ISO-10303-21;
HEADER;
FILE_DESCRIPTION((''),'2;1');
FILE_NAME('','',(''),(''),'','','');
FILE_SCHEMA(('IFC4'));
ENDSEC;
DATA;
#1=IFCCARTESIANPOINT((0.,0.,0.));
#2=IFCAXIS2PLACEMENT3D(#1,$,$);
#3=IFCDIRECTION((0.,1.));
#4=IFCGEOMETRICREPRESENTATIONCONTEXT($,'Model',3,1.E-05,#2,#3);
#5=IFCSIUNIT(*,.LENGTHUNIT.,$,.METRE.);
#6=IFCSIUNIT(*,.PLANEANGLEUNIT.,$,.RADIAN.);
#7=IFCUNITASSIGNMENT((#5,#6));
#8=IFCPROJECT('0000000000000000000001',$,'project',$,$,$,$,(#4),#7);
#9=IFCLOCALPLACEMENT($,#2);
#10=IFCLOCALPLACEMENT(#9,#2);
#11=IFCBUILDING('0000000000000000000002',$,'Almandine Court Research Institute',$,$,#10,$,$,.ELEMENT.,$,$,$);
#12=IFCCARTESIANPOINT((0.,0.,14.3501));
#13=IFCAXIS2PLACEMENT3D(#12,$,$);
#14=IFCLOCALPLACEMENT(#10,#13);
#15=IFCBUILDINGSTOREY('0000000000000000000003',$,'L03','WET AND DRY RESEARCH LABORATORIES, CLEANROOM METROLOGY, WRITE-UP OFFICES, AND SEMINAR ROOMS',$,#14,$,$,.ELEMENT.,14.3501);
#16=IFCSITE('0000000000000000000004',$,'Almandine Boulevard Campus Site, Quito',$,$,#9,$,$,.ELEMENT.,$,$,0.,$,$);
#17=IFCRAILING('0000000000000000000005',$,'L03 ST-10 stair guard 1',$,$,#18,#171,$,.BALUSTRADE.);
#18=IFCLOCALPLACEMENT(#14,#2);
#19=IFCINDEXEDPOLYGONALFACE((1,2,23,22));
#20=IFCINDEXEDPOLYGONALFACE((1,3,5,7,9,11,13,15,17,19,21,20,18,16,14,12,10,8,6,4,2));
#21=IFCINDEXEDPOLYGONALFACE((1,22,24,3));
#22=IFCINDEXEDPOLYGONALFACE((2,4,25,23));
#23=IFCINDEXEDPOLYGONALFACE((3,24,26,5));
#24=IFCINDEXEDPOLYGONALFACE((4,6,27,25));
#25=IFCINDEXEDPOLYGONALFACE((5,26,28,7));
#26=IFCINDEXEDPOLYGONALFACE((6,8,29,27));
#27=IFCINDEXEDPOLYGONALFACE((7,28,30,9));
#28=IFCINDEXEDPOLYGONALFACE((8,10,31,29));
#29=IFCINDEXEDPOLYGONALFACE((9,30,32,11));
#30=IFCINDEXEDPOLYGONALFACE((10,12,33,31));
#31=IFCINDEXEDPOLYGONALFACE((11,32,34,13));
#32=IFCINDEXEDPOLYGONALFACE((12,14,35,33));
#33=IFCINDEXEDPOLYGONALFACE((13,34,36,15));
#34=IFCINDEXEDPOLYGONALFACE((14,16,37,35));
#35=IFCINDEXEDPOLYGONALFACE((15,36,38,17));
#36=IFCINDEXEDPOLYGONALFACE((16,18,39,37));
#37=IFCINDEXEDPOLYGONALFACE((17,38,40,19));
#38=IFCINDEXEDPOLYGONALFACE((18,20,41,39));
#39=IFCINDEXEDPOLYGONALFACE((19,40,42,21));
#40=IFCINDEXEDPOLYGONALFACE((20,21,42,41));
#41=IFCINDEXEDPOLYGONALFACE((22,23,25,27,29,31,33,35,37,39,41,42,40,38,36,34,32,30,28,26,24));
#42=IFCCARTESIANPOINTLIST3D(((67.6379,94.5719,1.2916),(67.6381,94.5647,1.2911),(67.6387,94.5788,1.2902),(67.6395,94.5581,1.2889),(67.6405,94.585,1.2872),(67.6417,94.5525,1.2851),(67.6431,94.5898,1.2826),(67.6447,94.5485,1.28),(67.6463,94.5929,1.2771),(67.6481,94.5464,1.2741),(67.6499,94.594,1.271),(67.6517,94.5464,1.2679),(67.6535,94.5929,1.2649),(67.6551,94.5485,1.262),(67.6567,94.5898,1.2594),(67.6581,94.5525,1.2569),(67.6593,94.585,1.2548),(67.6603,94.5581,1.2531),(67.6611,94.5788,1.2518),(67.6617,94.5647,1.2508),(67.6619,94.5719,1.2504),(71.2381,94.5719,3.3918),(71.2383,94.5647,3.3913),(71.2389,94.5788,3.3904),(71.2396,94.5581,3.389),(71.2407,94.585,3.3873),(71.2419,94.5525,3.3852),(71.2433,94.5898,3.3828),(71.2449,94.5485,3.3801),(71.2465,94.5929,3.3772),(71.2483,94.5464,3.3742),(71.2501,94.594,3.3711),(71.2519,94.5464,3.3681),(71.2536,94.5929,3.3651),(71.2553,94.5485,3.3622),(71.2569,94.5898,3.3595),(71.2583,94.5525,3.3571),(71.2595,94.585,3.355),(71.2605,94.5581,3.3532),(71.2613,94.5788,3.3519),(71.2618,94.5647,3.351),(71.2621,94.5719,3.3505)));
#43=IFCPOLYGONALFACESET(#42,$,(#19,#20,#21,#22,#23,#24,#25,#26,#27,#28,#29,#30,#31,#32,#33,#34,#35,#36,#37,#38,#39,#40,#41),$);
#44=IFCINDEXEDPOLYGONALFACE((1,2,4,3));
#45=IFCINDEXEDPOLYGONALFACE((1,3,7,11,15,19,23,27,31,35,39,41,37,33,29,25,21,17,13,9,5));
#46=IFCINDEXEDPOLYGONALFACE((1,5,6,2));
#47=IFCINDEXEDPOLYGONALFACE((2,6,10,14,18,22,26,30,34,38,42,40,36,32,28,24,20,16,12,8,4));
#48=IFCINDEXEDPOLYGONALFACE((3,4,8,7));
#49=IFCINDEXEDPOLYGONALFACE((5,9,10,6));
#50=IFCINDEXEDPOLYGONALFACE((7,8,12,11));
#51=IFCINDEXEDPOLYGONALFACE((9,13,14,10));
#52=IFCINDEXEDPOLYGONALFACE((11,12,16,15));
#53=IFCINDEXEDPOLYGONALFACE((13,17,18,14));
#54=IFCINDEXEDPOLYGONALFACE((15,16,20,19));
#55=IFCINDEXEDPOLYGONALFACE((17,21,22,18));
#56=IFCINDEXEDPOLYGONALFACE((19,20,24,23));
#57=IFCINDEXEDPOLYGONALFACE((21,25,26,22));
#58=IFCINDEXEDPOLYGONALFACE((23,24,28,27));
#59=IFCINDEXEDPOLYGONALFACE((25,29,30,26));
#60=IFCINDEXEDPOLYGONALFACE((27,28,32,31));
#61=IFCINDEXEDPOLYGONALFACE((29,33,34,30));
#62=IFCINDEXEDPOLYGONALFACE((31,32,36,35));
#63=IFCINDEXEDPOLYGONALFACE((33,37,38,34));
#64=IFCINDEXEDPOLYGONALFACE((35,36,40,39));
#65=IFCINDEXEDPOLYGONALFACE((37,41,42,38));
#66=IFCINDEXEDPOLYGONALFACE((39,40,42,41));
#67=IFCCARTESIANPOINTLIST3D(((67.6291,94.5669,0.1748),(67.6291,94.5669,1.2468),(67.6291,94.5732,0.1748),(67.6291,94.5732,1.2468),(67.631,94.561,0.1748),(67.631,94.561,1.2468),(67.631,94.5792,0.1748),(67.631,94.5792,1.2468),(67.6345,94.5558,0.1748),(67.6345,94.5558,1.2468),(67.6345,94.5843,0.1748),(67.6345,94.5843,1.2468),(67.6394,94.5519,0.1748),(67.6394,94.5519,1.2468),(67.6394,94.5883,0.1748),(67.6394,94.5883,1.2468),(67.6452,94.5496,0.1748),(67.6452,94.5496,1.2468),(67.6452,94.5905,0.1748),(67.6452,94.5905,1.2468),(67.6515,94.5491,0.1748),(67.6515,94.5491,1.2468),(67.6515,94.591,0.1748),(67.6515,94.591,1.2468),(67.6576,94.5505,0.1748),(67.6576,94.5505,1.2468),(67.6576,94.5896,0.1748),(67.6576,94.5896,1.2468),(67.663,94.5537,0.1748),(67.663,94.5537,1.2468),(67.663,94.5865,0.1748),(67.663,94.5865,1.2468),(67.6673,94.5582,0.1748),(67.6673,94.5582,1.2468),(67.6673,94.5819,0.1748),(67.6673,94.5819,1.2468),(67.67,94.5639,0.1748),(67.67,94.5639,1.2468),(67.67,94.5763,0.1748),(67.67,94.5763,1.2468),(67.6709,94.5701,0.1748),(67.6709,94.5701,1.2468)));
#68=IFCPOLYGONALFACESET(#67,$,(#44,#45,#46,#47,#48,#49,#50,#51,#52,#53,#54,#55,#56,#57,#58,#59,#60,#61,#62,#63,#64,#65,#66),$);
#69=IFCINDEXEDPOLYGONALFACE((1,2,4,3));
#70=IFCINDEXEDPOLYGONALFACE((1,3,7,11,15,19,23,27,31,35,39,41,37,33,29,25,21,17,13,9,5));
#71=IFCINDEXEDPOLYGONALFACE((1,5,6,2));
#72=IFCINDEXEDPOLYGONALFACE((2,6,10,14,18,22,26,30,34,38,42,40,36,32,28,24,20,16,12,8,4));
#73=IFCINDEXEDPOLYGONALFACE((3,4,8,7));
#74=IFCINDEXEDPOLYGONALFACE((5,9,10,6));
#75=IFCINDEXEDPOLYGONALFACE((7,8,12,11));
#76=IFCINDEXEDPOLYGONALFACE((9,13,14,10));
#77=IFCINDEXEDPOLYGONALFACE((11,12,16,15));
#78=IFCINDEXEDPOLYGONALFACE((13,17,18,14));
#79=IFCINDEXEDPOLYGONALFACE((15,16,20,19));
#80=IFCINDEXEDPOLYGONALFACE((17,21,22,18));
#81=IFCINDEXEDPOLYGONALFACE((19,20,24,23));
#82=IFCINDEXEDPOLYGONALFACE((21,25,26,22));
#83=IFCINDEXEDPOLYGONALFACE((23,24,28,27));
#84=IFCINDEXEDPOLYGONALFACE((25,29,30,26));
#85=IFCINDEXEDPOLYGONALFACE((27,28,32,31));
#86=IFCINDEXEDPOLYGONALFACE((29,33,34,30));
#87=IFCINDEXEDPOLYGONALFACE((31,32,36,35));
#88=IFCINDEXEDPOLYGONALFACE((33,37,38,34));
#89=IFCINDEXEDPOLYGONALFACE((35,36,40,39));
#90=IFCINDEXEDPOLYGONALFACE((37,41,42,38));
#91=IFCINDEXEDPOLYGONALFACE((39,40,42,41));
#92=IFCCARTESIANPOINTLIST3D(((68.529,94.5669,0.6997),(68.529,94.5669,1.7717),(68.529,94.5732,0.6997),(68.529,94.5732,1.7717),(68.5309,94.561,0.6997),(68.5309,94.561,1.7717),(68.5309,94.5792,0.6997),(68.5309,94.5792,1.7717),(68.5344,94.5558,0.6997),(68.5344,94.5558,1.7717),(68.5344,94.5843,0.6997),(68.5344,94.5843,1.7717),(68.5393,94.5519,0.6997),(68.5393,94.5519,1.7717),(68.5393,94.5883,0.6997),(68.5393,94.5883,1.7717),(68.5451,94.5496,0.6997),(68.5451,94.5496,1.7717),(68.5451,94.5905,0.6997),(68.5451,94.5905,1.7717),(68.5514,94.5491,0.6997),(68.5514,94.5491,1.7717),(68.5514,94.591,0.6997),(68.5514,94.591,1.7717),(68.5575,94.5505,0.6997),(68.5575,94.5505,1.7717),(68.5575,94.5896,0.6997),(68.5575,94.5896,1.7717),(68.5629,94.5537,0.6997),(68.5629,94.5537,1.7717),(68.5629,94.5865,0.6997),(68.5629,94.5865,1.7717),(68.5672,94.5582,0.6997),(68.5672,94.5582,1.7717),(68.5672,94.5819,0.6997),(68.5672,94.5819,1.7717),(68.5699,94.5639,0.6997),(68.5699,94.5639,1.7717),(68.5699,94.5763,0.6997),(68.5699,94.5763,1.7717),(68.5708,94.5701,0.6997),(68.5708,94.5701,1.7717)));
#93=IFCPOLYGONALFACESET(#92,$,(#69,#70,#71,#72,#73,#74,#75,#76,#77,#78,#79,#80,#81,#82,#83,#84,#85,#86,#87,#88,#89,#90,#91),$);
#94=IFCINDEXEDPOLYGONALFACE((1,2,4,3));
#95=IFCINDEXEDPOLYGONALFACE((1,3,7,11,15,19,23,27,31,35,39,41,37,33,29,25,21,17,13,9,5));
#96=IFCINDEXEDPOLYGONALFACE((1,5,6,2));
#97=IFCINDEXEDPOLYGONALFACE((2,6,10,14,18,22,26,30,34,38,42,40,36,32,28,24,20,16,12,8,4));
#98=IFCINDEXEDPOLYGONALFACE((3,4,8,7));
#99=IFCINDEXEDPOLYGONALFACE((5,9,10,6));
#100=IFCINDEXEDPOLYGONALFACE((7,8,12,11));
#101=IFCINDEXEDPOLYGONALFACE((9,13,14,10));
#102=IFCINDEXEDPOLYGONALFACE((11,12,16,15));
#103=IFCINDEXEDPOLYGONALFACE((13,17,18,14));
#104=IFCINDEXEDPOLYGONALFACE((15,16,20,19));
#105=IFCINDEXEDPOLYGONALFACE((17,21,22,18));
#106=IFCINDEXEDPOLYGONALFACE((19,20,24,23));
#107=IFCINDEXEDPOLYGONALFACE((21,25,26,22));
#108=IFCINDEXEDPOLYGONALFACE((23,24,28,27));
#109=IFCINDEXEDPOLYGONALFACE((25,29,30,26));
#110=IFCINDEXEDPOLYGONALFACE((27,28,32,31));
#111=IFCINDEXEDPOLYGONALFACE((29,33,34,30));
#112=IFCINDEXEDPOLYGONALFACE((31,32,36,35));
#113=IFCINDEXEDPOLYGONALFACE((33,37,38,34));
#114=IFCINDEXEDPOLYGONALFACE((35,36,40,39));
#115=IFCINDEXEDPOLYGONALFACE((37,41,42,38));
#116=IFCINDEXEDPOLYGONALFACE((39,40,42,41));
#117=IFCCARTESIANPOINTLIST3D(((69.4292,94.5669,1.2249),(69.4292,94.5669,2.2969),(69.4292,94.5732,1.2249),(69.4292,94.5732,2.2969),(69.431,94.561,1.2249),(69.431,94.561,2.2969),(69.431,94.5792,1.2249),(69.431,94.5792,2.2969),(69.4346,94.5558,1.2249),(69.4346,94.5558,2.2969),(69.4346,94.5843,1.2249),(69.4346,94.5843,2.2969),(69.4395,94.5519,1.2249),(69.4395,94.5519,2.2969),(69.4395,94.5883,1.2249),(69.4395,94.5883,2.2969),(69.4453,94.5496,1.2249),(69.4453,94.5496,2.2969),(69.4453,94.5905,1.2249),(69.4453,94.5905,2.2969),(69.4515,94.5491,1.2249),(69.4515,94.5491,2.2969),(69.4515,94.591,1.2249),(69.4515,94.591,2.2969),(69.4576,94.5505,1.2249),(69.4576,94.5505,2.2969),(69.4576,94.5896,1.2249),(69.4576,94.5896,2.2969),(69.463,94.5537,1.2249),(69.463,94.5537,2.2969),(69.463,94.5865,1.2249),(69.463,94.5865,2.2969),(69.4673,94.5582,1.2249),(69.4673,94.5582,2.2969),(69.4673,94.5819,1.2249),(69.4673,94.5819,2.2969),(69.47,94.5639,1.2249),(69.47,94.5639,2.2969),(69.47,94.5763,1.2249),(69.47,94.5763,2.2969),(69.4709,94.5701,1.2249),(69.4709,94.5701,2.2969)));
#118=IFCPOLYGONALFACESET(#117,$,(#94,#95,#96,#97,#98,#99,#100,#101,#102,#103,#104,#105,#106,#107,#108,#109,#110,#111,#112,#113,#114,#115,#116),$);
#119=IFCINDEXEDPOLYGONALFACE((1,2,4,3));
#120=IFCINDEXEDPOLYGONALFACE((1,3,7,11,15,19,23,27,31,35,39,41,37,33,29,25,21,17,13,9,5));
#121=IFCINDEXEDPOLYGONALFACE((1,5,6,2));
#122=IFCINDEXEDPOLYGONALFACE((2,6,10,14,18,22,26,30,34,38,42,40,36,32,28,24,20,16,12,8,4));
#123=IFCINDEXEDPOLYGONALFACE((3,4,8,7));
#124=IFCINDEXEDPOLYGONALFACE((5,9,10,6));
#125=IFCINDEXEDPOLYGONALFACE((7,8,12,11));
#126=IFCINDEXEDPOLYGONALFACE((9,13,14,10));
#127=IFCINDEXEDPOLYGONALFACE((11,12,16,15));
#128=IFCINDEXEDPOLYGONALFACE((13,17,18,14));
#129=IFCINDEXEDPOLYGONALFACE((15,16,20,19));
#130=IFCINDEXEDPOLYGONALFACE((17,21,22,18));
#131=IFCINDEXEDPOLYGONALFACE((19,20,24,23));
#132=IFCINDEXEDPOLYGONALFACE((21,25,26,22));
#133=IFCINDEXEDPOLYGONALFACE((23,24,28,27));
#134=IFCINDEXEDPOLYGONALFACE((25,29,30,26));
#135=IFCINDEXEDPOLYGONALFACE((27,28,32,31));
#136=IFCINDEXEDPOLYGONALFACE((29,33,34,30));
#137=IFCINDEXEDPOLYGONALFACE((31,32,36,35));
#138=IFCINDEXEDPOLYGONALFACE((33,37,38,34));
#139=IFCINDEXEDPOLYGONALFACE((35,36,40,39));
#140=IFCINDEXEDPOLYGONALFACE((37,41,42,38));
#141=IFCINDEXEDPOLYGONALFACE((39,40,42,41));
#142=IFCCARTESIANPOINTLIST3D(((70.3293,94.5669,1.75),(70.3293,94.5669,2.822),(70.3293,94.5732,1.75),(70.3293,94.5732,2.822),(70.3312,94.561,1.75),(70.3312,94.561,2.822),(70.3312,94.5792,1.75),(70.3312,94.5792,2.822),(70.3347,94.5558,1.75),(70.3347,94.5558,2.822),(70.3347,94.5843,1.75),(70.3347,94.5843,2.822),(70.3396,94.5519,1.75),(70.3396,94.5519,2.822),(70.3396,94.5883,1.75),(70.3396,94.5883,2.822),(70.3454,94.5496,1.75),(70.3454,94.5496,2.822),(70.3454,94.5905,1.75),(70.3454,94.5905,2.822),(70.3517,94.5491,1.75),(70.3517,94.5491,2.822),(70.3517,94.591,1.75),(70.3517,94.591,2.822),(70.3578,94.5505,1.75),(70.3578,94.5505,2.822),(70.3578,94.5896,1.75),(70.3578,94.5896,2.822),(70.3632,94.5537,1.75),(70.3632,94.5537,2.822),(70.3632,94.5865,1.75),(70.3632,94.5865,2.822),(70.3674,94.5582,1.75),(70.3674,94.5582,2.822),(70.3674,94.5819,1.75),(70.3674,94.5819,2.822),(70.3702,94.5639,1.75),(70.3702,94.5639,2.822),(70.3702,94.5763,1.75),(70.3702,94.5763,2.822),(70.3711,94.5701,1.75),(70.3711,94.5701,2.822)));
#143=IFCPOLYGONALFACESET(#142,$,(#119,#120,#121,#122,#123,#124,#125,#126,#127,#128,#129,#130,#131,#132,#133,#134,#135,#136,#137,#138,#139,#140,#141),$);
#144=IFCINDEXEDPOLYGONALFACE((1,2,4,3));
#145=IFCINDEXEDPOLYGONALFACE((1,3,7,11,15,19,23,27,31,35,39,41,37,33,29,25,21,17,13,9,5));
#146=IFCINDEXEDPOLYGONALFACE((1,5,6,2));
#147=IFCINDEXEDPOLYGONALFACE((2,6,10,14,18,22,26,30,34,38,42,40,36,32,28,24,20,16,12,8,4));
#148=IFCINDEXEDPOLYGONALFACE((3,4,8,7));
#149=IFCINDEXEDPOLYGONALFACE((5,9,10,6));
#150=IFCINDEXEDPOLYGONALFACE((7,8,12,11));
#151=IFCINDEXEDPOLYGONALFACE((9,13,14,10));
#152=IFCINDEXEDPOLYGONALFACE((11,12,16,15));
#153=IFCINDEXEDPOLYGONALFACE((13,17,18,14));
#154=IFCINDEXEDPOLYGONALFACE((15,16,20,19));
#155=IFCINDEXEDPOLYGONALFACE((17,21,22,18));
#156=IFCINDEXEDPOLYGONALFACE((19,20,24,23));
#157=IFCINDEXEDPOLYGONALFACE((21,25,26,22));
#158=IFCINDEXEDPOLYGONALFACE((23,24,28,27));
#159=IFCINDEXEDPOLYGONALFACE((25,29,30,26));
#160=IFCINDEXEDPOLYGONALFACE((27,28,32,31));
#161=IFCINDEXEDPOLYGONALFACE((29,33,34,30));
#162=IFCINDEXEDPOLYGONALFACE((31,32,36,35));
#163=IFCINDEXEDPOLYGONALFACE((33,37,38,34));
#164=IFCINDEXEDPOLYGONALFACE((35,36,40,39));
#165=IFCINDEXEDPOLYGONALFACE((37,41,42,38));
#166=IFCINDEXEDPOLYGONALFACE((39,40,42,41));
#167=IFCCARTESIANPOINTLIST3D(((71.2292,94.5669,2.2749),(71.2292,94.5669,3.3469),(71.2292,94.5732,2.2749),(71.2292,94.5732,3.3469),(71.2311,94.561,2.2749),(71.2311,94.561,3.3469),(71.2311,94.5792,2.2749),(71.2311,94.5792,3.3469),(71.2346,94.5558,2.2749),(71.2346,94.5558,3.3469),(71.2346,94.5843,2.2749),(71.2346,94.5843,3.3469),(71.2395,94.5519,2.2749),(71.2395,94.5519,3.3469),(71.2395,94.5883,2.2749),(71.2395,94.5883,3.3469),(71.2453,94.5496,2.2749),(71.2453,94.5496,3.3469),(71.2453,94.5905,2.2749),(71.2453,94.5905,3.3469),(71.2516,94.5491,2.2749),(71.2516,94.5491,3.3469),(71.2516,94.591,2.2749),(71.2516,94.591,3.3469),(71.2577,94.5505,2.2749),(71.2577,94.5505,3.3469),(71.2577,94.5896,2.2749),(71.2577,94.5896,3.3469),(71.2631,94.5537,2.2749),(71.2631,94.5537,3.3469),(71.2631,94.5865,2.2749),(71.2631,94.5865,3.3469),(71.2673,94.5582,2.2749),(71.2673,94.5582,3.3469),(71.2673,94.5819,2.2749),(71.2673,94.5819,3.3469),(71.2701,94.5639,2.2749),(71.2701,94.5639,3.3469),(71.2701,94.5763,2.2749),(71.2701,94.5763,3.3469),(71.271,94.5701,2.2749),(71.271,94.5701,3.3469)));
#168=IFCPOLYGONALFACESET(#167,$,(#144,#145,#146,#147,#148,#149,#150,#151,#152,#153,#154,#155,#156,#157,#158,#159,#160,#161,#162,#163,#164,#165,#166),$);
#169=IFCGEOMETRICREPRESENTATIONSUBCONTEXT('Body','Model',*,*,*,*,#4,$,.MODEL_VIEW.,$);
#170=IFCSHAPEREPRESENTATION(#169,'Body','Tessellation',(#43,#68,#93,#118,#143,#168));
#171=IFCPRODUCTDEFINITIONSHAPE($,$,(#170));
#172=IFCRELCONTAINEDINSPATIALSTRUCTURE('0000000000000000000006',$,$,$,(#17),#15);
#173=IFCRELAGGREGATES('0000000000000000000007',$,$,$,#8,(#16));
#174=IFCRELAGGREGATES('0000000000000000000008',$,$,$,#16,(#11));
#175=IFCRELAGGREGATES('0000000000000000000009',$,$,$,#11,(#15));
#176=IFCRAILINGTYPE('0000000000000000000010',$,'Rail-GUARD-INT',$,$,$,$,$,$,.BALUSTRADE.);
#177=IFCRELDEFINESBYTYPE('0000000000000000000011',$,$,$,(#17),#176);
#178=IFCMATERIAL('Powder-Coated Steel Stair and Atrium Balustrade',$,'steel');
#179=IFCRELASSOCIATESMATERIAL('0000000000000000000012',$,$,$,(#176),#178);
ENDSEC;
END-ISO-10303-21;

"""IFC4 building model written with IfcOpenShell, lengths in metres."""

from ifc_helpers import new_model, si_unit, direction, frame, origin, origin_2d, place, context, subcontext, project, spatial, circle, extrude, material, type_object, element, save


model = new_model("IFC4")

# Units and contexts
model_context = context("Model", 3, precision=1e-05, world=origin(), true_north=direction((0.0, 1.0)))
body_context = subcontext(model_context, "Body", "Model", "MODEL_VIEW")
ifc_project = project(units=[si_unit("LENGTHUNIT", "METRE"), si_unit("PLANEANGLEUNIT", "RADIAN")], contexts=[model_context])

# Site, building, storey
site_placement = place(None, origin())
site = spatial("IfcSite", under=ifc_project, at=site_placement, Name="Almandine Boulevard Campus Site, Quito", CompositionType="ELEMENT", RefElevation=0.0)
building_placement = place(site_placement, origin())
building = spatial("IfcBuilding", under=site, at=building_placement, Name="Almandine Court Research Institute", CompositionType="ELEMENT")
storey_placement = place(building_placement, frame((0.0, 0.0, 14.3501)))
storey = spatial("IfcBuildingStorey", under=building, at=storey_placement, Name="L03", Description="WET AND DRY RESEARCH LABORATORIES, CLEANROOM METROLOGY, WRITE-UP OFFICES, AND SEMINAR ROOMS", CompositionType="ELEMENT", Elevation=14.3501)

# Railing
ifc_material_1 = material(Name="Powder-Coated Steel Stair and Atrium Balustrade", Category="steel")
railing_type_1 = type_object("IfcRailingType", Name="Rail-GUARD-INT", PredefinedType="BALUSTRADE", material=ifc_material_1)
railing_1_placement = place(storey_placement, frame((67.6499, 94.5701, 0.1748)))
element("IfcRailing", 1, at=railing_1_placement, inside=storey, type_object=railing_type_1, Name="L03 ST-10 stair guard 1", PredefinedType="BALUSTRADE", context=body_context, shape_type="SweptSolid", body=[
    extrude(circle(Radius=0.0239, at=origin_2d()), frame((0.0, 0.0, 1.0962), z_axis=(0.863775, 0.0, 0.503878), x_axis=(0.0, 1.0, 0.0)), (0.0, 0.0, 1.0), 4.168),
    extrude(circle(Radius=0.021, at=origin_2d()), origin(), (0.0, 0.0, 1.0), 1.072),
    extrude(circle(Radius=0.021, at=origin_2d()), frame((0.8999, 0.0, 0.5249)), (0.0, 0.0, 1.0), 1.072),
    extrude(circle(Radius=0.021, at=origin_2d()), frame((1.8, 0.0, 1.05)), (0.0, 0.0, 1.0), 1.072),
    extrude(circle(Radius=0.021, at=origin_2d()), frame((2.7002, 0.0, 1.5752)), (0.0, 0.0, 1.0), 1.072),
    extrude(circle(Radius=0.021, at=origin_2d()), frame((3.6001, 0.0, 2.1001)), (0.0, 0.0, 1.0), 1.072),
])

save(model, "model.ifc")
